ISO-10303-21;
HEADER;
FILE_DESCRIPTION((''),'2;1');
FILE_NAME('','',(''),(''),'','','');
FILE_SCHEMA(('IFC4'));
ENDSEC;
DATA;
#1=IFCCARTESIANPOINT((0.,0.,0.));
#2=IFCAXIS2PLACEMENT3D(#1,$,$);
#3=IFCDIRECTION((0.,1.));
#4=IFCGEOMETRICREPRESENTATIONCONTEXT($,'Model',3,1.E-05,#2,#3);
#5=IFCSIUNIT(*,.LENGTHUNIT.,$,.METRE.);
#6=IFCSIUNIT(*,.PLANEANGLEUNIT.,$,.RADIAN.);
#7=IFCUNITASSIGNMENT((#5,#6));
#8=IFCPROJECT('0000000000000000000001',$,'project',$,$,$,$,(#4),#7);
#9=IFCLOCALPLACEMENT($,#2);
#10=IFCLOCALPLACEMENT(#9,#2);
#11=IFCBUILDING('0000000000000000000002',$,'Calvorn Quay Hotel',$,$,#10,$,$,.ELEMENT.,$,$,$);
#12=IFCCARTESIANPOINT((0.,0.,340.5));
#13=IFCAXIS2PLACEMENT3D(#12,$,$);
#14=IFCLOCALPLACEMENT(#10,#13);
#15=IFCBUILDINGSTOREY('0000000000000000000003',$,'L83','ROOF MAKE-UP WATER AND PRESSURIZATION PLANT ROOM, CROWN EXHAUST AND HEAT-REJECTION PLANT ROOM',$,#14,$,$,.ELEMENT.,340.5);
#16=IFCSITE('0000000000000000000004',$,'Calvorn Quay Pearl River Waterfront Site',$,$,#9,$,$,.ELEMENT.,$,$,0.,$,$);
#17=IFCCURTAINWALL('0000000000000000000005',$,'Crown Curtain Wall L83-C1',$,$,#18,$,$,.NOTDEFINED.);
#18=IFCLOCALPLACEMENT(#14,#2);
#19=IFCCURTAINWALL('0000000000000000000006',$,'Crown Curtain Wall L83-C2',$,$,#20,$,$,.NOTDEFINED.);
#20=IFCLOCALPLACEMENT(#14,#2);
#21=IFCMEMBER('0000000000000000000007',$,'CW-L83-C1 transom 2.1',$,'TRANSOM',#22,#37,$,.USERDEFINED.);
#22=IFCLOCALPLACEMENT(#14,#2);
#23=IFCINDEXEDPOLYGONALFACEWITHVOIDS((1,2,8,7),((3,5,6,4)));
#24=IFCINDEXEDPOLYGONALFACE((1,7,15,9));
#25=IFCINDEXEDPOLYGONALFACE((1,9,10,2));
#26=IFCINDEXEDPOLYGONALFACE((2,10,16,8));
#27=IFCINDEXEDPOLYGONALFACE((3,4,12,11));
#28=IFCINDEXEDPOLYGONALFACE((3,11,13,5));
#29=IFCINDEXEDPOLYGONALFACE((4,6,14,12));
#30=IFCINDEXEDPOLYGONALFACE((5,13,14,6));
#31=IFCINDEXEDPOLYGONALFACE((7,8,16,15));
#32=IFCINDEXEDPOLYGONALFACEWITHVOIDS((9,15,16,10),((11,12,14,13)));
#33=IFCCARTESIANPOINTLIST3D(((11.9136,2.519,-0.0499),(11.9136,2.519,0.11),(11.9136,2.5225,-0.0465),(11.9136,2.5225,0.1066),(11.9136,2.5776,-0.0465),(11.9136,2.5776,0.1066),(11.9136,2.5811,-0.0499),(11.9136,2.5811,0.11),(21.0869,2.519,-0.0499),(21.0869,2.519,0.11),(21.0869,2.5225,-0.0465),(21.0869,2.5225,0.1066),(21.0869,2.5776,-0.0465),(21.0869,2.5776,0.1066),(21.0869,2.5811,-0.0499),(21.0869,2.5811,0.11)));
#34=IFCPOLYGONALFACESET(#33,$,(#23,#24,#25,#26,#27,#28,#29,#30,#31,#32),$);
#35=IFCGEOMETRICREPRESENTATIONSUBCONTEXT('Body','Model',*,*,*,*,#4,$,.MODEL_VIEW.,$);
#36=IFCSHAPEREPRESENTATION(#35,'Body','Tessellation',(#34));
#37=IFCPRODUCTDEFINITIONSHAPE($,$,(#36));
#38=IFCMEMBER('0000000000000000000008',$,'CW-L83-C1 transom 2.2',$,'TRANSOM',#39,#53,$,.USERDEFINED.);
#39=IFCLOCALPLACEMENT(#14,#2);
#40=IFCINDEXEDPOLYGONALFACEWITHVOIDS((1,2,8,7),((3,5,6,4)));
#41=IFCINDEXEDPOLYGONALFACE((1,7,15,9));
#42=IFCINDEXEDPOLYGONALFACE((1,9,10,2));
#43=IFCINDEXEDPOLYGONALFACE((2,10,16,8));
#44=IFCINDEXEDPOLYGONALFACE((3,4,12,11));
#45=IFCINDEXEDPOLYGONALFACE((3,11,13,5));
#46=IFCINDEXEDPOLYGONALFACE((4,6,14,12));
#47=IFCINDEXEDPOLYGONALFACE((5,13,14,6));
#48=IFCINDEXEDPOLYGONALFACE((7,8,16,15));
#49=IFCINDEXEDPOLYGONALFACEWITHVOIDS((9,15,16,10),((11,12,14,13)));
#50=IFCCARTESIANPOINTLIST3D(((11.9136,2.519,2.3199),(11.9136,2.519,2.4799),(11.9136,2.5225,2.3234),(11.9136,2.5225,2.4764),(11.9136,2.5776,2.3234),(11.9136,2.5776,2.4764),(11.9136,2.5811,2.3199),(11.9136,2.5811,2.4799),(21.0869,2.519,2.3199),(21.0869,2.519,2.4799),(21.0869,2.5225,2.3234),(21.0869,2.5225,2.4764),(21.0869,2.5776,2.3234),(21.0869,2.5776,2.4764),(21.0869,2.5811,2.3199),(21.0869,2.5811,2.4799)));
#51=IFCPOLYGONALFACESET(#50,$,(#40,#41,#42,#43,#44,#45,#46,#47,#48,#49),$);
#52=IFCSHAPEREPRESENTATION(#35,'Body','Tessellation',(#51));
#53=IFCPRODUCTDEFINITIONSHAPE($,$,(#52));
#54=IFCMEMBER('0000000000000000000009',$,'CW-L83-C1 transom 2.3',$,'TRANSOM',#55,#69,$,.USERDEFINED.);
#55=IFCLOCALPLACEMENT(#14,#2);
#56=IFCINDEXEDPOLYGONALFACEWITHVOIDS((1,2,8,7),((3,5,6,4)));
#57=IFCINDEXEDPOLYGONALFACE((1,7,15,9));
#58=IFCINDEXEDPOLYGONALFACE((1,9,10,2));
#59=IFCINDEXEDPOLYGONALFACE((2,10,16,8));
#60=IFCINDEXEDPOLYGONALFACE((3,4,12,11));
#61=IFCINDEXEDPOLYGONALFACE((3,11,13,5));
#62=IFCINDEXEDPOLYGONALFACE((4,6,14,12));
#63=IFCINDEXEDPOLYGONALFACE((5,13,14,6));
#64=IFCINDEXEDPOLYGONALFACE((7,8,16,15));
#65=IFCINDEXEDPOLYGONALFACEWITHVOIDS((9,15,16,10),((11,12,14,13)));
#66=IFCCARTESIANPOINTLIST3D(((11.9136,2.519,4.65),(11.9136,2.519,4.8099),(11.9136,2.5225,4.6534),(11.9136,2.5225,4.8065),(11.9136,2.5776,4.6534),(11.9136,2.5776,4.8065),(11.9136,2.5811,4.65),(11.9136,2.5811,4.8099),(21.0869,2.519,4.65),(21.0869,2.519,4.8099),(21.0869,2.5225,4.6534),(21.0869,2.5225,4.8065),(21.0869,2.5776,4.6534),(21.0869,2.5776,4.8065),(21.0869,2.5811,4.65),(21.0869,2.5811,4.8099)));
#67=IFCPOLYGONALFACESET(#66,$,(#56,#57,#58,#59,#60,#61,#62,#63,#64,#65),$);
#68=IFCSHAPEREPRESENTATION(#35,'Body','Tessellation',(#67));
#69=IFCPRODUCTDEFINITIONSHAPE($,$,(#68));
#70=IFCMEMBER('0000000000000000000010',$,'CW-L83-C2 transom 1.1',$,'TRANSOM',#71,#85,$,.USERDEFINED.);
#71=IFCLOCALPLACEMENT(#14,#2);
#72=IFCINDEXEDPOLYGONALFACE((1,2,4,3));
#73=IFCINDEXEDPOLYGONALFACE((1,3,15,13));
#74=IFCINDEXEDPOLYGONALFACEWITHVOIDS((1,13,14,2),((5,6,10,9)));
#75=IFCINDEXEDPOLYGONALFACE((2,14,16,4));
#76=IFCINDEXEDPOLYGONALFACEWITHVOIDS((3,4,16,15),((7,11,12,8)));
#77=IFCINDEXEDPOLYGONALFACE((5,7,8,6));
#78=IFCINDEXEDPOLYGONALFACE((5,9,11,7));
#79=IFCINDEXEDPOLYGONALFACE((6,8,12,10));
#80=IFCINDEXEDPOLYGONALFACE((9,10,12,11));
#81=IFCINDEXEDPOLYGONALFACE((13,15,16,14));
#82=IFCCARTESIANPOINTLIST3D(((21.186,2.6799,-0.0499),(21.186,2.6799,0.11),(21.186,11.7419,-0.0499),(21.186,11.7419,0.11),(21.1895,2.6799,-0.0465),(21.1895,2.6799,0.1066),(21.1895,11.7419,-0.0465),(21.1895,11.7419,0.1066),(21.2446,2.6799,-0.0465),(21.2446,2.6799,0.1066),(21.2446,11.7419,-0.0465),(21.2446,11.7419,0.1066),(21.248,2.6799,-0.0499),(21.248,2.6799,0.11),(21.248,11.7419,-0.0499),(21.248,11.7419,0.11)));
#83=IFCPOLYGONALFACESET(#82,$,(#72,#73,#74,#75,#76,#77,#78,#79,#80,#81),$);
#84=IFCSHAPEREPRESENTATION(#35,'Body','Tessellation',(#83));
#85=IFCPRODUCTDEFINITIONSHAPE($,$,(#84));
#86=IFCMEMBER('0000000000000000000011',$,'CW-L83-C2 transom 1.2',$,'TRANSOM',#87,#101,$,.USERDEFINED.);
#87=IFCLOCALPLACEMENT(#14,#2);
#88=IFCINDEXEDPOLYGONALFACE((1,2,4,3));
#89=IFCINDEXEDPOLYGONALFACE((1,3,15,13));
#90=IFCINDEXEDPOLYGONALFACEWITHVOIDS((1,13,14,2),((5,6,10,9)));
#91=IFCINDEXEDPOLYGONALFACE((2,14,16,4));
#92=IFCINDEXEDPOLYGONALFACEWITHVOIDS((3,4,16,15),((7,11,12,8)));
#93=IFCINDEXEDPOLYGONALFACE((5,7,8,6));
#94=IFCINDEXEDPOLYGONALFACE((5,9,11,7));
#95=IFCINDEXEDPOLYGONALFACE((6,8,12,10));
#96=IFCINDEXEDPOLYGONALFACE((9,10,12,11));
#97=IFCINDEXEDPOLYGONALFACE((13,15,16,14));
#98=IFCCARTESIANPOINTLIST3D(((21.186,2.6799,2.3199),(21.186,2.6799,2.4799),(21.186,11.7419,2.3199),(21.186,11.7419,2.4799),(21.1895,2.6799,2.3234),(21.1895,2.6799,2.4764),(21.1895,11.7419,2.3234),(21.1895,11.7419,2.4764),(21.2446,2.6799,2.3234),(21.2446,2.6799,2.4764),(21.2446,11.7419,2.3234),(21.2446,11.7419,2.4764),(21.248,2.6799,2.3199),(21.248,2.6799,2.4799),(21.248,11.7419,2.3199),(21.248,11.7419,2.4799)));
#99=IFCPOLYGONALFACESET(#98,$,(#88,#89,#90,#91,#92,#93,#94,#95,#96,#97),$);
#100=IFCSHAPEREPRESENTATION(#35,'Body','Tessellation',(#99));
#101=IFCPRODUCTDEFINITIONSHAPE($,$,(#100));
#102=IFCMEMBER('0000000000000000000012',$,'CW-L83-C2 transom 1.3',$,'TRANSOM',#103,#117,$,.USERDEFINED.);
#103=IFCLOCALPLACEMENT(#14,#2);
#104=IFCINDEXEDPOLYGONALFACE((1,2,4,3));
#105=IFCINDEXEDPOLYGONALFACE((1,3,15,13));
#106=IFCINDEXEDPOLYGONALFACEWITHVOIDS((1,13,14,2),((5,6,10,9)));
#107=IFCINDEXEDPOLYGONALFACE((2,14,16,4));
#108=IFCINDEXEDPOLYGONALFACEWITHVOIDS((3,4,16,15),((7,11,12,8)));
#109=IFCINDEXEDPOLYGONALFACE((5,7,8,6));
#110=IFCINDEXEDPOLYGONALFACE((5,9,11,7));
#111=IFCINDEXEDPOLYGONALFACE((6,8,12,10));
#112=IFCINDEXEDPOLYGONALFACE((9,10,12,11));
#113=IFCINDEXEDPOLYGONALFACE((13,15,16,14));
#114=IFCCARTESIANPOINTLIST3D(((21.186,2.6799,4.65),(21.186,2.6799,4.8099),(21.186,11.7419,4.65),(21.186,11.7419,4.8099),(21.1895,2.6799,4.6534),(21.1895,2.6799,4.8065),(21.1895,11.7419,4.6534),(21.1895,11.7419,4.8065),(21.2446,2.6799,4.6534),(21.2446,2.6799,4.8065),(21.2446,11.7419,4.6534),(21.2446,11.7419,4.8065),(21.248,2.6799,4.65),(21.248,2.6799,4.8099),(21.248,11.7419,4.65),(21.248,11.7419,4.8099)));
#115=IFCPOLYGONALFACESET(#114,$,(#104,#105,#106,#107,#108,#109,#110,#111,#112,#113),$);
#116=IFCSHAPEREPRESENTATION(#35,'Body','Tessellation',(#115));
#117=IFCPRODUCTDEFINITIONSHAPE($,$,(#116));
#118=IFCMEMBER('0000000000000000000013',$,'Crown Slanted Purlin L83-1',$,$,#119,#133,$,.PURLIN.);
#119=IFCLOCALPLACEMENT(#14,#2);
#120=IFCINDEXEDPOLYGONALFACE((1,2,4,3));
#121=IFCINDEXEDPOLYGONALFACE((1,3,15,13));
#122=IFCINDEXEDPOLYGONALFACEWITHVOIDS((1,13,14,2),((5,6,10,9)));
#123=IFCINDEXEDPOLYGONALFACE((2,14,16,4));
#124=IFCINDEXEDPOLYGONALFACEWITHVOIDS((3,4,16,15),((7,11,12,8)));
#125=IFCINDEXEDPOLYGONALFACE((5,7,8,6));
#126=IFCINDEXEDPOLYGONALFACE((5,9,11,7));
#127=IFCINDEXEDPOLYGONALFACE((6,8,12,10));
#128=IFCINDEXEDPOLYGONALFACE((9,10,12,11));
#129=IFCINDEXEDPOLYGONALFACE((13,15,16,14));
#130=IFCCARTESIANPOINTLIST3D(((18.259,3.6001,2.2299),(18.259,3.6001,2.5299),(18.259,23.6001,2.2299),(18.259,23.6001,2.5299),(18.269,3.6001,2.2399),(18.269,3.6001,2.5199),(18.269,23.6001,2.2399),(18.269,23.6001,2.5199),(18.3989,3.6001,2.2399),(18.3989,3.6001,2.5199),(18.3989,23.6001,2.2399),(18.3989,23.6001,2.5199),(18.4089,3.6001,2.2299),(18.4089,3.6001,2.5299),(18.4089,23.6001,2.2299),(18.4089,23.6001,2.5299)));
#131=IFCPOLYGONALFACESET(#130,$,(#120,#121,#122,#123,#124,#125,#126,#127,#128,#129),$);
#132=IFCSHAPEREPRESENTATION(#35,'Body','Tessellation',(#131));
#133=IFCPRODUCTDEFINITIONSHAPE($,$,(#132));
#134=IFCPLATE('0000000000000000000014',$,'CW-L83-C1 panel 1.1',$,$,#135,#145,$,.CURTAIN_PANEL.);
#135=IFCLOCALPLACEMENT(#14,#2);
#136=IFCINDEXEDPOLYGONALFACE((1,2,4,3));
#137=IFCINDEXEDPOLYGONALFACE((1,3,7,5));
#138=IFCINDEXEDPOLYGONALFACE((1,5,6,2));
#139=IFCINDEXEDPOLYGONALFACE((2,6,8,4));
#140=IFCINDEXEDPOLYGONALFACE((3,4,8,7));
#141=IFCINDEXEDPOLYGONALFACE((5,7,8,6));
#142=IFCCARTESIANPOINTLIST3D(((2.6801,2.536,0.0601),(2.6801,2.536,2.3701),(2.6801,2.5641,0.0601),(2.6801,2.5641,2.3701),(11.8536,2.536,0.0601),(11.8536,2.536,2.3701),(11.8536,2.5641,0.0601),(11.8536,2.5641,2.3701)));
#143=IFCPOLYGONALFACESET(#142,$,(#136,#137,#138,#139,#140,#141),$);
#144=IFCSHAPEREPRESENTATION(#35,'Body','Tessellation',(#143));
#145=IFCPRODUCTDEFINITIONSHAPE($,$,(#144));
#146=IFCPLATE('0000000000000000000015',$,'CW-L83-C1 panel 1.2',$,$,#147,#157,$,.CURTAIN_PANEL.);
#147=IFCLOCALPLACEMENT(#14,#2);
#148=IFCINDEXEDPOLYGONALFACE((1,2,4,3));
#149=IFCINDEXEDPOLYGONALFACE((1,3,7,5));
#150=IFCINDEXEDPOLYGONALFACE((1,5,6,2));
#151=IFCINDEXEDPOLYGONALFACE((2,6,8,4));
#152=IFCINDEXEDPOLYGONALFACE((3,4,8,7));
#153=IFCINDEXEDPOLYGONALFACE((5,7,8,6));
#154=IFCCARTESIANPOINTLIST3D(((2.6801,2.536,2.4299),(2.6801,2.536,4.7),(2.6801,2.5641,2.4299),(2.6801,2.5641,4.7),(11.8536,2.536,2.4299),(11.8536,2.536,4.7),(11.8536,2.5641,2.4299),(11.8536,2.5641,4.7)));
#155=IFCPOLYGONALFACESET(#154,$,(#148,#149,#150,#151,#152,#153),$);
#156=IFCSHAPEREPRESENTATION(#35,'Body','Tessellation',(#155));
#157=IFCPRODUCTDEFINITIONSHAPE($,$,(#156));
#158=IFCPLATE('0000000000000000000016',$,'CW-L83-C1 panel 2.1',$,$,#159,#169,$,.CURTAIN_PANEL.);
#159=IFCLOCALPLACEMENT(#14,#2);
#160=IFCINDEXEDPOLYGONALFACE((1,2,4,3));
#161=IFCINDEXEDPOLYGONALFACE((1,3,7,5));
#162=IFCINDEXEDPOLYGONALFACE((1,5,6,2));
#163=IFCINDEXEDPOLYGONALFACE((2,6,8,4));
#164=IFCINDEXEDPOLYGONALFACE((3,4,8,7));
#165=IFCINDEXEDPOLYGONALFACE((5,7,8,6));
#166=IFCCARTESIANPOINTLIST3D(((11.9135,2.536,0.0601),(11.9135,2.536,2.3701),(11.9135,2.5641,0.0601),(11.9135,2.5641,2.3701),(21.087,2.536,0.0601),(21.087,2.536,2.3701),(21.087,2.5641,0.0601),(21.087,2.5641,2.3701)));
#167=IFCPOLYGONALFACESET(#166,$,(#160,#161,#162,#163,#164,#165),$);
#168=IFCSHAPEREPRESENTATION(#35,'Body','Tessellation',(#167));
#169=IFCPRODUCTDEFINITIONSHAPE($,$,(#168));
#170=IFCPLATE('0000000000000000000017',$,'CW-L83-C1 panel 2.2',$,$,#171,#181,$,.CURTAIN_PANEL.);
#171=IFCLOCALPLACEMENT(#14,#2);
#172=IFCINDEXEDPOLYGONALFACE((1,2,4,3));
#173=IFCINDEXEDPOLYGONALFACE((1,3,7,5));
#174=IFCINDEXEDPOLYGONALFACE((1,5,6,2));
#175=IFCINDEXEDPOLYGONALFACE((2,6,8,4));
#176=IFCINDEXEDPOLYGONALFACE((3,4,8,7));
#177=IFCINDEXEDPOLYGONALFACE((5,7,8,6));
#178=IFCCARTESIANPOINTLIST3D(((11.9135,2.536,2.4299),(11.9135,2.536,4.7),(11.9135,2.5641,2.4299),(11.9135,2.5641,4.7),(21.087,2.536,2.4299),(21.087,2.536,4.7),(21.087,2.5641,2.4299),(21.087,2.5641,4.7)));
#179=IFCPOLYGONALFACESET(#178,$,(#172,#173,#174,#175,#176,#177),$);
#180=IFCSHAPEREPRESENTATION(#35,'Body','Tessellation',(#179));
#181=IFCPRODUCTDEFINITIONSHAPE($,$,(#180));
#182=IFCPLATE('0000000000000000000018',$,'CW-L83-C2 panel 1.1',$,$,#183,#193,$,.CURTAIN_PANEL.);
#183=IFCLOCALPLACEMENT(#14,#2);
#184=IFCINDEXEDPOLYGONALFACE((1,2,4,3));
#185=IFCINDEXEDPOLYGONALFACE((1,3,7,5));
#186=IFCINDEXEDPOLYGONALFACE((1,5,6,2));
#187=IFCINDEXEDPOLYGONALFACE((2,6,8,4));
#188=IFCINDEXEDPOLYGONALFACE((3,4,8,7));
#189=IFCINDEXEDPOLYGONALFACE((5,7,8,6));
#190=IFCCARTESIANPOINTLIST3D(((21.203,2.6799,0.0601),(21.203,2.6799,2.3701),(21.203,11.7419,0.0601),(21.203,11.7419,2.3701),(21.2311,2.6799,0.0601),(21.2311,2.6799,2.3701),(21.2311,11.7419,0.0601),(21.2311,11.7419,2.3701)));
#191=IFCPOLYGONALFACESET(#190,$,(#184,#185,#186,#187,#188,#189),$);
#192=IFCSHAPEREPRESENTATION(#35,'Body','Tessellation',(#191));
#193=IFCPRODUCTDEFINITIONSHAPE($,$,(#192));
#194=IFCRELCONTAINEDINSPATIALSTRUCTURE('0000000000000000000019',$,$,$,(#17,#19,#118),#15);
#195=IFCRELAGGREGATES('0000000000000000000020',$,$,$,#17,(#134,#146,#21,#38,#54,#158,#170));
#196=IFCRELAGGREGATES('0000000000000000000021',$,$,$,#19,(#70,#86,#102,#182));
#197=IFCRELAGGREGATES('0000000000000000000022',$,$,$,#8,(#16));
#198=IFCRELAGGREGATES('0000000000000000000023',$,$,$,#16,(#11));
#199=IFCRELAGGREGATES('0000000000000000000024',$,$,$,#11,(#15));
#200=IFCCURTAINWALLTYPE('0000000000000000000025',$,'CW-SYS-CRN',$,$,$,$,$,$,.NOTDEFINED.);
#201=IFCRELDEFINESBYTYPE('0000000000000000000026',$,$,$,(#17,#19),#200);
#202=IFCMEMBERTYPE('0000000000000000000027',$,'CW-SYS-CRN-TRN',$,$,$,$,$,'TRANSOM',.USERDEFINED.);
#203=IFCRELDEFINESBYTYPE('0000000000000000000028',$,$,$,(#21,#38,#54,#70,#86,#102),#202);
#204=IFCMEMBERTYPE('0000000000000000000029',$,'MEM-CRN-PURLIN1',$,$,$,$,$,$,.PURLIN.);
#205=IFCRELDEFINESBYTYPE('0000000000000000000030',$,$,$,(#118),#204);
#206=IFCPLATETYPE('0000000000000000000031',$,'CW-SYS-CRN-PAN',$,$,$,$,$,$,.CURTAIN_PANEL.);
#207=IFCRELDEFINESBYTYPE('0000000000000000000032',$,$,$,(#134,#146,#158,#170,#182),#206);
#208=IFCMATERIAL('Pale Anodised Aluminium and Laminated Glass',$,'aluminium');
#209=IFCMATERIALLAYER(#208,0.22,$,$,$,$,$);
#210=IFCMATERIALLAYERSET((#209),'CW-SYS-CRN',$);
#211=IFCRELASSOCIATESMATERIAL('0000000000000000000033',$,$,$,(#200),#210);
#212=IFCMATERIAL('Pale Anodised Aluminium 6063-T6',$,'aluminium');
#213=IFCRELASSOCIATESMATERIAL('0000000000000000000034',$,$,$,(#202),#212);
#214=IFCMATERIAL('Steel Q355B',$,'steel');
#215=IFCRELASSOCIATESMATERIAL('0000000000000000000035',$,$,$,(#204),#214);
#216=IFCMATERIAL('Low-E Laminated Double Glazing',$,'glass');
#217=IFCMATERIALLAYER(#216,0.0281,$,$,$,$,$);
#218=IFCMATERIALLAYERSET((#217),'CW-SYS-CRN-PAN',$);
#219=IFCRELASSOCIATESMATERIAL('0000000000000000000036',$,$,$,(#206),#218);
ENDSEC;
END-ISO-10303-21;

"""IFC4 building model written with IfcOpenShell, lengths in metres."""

from ifc_helpers import new_model, si_unit, direction, frame, origin, origin_2d, place, context, subcontext, project, spatial, rectangle, hollow_rectangle, extrude, material, layer, layer_set, material_profile, profile_set, type_object, element, aggregate, save


model = new_model("IFC4")

# Units and contexts
model_context = context("Model", 3, precision=1e-05, world=origin(), true_north=direction((0.0, 1.0)))
body_context = subcontext(model_context, "Body", "Model", "MODEL_VIEW")
ifc_project = project(units=[si_unit("LENGTHUNIT", "METRE"), si_unit("PLANEANGLEUNIT", "RADIAN")], contexts=[model_context])

# Site, building, storey
site_placement = place(None, origin())
site = spatial("IfcSite", under=ifc_project, at=site_placement, Name="Calvorn Quay Pearl River Waterfront Site", CompositionType="ELEMENT", RefElevation=0.0)
building_placement = place(site_placement, origin())
building = spatial("IfcBuilding", under=site, at=building_placement, Name="Calvorn Quay Hotel", CompositionType="ELEMENT")
storey_placement = place(building_placement, frame((0.0, 0.0, 340.5)))
storey = spatial("IfcBuildingStorey", under=building, at=storey_placement, Name="L83", Description="ROOF MAKE-UP WATER AND PRESSURIZATION PLANT ROOM, CROWN EXHAUST AND HEAT-REJECTION PLANT ROOM", CompositionType="ELEMENT", Elevation=340.5)

# Curtain wall
ifc_material_1 = material(Name="Pale Anodised Aluminium and Laminated Glass", Category="aluminium")
ifc_layer_1 = layer(ifc_material_1, 0.22)
ifc_layer_set_1 = layer_set([ifc_layer_1], Name="CW-SYS-CRN")
curtain_wall_type = type_object("IfcCurtainWallType", Name="CW-SYS-CRN", PredefinedType="NOTDEFINED", material=ifc_layer_set_1)
curtain_wall_1_placement = place(storey_placement, origin())
curtain_wall_1 = element("IfcCurtainWall", 1, at=curtain_wall_1_placement, inside=storey, type_object=curtain_wall_type, Name="Crown Curtain Wall L83-C1", PredefinedType="NOTDEFINED")

# Curtain wall
curtain_wall_2_placement = place(storey_placement, origin())
curtain_wall_2 = element("IfcCurtainWall", 2, at=curtain_wall_2_placement, inside=storey, type_object=curtain_wall_type, Name="Crown Curtain Wall L83-C2", PredefinedType="NOTDEFINED")

# Members
ifc_material_2 = material(Name="Pale Anodised Aluminium 6063-T6", Category="aluminium")
ifc_material_profile_1 = material_profile(ifc_material_2, hollow_rectangle(XDim=0.062, YDim=0.1599, WallThickness=0.0034, at=origin_2d()), Name="ALU-T160x62x3.5")
ifc_profile_set_1 = profile_set([ifc_material_profile_1], Name="Pale Anodised Aluminium 6063-T6")
member_type_1 = type_object("IfcMemberType", Name="CW-SYS-CRN-TRN", ElementType="TRANSOM", PredefinedType="USERDEFINED", material=ifc_profile_set_1)
member_1_placement = place(storey_placement, frame((11.9136, 2.55, 0.03), z_axis=(1.0, 0.0, 0.0), x_axis=(0.0, 1.0, 0.0)))
member_1 = element("IfcMember", 3, at=member_1_placement, type_object=member_type_1, Name="CW-L83-C1 transom 2.1", ObjectType="TRANSOM", PredefinedType="USERDEFINED", context=body_context, shape_type="SweptSolid", body=[
    extrude(hollow_rectangle(XDim=0.062, YDim=0.1599, WallThickness=0.0034, at=origin_2d()), origin(), (0.0, 0.0, 1.0), 9.1733),
])
member_2_placement = place(storey_placement, frame((11.9136, 2.55, 2.3999), z_axis=(1.0, 0.0, 0.0), x_axis=(0.0, 1.0, 0.0)))
member_2 = element("IfcMember", 4, at=member_2_placement, type_object=member_type_1, Name="CW-L83-C1 transom 2.2", ObjectType="TRANSOM", PredefinedType="USERDEFINED", context=body_context, shape_type="SweptSolid", body=[
    extrude(hollow_rectangle(XDim=0.062, YDim=0.1599, WallThickness=0.0034, at=origin_2d()), origin(), (0.0, 0.0, 1.0), 9.1733),
])
member_3_placement = place(storey_placement, frame((11.9136, 2.55, 4.73), z_axis=(1.0, 0.0, 0.0), x_axis=(0.0, 1.0, 0.0)))
member_3 = element("IfcMember", 5, at=member_3_placement, type_object=member_type_1, Name="CW-L83-C1 transom 2.3", ObjectType="TRANSOM", PredefinedType="USERDEFINED", context=body_context, shape_type="SweptSolid", body=[
    extrude(hollow_rectangle(XDim=0.062, YDim=0.1599, WallThickness=0.0034, at=origin_2d()), origin(), (0.0, 0.0, 1.0), 9.1733),
])
member_4_placement = place(storey_placement, frame((21.217, 2.6799, 0.03), z_axis=(0.0, 1.0, 0.0), x_axis=(-1.0, 0.0, 0.0)))
member_4 = element("IfcMember", 6, at=member_4_placement, type_object=member_type_1, Name="CW-L83-C2 transom 1.1", ObjectType="TRANSOM", PredefinedType="USERDEFINED", context=body_context, shape_type="SweptSolid", body=[
    extrude(hollow_rectangle(XDim=0.062, YDim=0.1599, WallThickness=0.0034, at=origin_2d()), origin(), (0.0, 0.0, 1.0), 9.062),
])
member_5_placement = place(storey_placement, frame((21.217, 2.6799, 2.3999), z_axis=(0.0, 1.0, 0.0), x_axis=(-1.0, 0.0, 0.0)))
member_5 = element("IfcMember", 7, at=member_5_placement, type_object=member_type_1, Name="CW-L83-C2 transom 1.2", ObjectType="TRANSOM", PredefinedType="USERDEFINED", context=body_context, shape_type="SweptSolid", body=[
    extrude(hollow_rectangle(XDim=0.062, YDim=0.1599, WallThickness=0.0034, at=origin_2d()), origin(), (0.0, 0.0, 1.0), 9.062),
])
member_6_placement = place(storey_placement, frame((21.217, 2.6799, 4.73), z_axis=(0.0, 1.0, 0.0), x_axis=(-1.0, 0.0, 0.0)))
member_6 = element("IfcMember", 8, at=member_6_placement, type_object=member_type_1, Name="CW-L83-C2 transom 1.3", ObjectType="TRANSOM", PredefinedType="USERDEFINED", context=body_context, shape_type="SweptSolid", body=[
    extrude(hollow_rectangle(XDim=0.062, YDim=0.1599, WallThickness=0.0034, at=origin_2d()), origin(), (0.0, 0.0, 1.0), 9.062),
])
ifc_material_3 = material(Name="Steel Q355B", Category="steel")
ifc_material_profile_2 = material_profile(ifc_material_3, hollow_rectangle(XDim=0.1499, YDim=0.3, WallThickness=0.01, at=origin_2d()), Name="RHS300x150x10")
ifc_profile_set_2 = profile_set([ifc_material_profile_2], Name="Steel Q355B")
member_type_2 = type_object("IfcMemberType", Name="MEM-CRN-PURLIN1", PredefinedType="PURLIN", material=ifc_profile_set_2)
member_7_placement = place(storey_placement, frame((18.334, 3.6001, 2.3799), z_axis=(0.0, 1.0, 0.0), x_axis=(-1.0, 0.0, 0.0)))
element("IfcMember", 9, at=member_7_placement, inside=storey, type_object=member_type_2, Name="Crown Slanted Purlin L83-1", PredefinedType="PURLIN", context=body_context, shape_type="SweptSolid", body=[
    extrude(hollow_rectangle(XDim=0.1499, YDim=0.3, WallThickness=0.01, at=origin_2d()), origin(), (0.0, 0.0, 1.0), 20.0),
])

# Plates
ifc_material_4 = material(Name="Low-E Laminated Double Glazing", Category="glass")
ifc_layer_2 = layer(ifc_material_4, 0.0281)
ifc_layer_set_2 = layer_set([ifc_layer_2], Name="CW-SYS-CRN-PAN")
plate_type_1 = type_object("IfcPlateType", Name="CW-SYS-CRN-PAN", PredefinedType="CURTAIN_PANEL", material=ifc_layer_set_2)
plate_1_placement = place(storey_placement, frame((7.2668, 2.55, 0.0601), z_axis=(0.0, 0.0, 1.0), x_axis=(1.0, 0.0, 0.0)))
plate_1 = element("IfcPlate", 10, at=plate_1_placement, type_object=plate_type_1, Name="CW-L83-C1 panel 1.1", PredefinedType="CURTAIN_PANEL", context=body_context, shape_type="SweptSolid", body=[
    extrude(rectangle(XDim=9.1736, YDim=0.0281, at=origin_2d()), origin(), (0.0, 0.0, 1.0), 2.3101),
])
plate_2_placement = place(storey_placement, frame((7.2668, 2.55, 2.4299), z_axis=(0.0, 0.0, 1.0), x_axis=(1.0, 0.0, 0.0)))
plate_2 = element("IfcPlate", 11, at=plate_2_placement, type_object=plate_type_1, Name="CW-L83-C1 panel 1.2", PredefinedType="CURTAIN_PANEL", context=body_context, shape_type="SweptSolid", body=[
    extrude(rectangle(XDim=9.1736, YDim=0.0281, at=origin_2d()), origin(), (0.0, 0.0, 1.0), 2.27),
])
plate_3_placement = place(storey_placement, frame((16.5002, 2.55, 0.0601), z_axis=(0.0, 0.0, 1.0), x_axis=(1.0, 0.0, 0.0)))
plate_3 = element("IfcPlate", 12, at=plate_3_placement, type_object=plate_type_1, Name="CW-L83-C1 panel 2.1", PredefinedType="CURTAIN_PANEL", context=body_context, shape_type="SweptSolid", body=[
    extrude(rectangle(XDim=9.1736, YDim=0.0281, at=origin_2d()), origin(), (0.0, 0.0, 1.0), 2.3101),
])
plate_4_placement = place(storey_placement, frame((16.5002, 2.55, 2.4299), z_axis=(0.0, 0.0, 1.0), x_axis=(1.0, 0.0, 0.0)))
plate_4 = element("IfcPlate", 13, at=plate_4_placement, type_object=plate_type_1, Name="CW-L83-C1 panel 2.2", PredefinedType="CURTAIN_PANEL", context=body_context, shape_type="SweptSolid", body=[
    extrude(rectangle(XDim=9.1736, YDim=0.0281, at=origin_2d()), origin(), (0.0, 0.0, 1.0), 2.27),
])
aggregate(curtain_wall_1, [plate_1, plate_2, member_1, member_2, member_3, plate_3, plate_4])
plate_5_placement = place(storey_placement, frame((21.217, 7.2109, 0.0601), z_axis=(0.0, 0.0, 1.0), x_axis=(0.0, 1.0, 0.0)))
plate_5 = element("IfcPlate", 14, at=plate_5_placement, type_object=plate_type_1, Name="CW-L83-C2 panel 1.1", PredefinedType="CURTAIN_PANEL", context=body_context, shape_type="SweptSolid", body=[
    extrude(rectangle(XDim=9.062, YDim=0.0281, at=origin_2d()), origin(), (0.0, 0.0, 1.0), 2.3101),
])
aggregate(curtain_wall_2, [member_4, member_5, member_6, plate_5])

save(model, "model.ifc")
